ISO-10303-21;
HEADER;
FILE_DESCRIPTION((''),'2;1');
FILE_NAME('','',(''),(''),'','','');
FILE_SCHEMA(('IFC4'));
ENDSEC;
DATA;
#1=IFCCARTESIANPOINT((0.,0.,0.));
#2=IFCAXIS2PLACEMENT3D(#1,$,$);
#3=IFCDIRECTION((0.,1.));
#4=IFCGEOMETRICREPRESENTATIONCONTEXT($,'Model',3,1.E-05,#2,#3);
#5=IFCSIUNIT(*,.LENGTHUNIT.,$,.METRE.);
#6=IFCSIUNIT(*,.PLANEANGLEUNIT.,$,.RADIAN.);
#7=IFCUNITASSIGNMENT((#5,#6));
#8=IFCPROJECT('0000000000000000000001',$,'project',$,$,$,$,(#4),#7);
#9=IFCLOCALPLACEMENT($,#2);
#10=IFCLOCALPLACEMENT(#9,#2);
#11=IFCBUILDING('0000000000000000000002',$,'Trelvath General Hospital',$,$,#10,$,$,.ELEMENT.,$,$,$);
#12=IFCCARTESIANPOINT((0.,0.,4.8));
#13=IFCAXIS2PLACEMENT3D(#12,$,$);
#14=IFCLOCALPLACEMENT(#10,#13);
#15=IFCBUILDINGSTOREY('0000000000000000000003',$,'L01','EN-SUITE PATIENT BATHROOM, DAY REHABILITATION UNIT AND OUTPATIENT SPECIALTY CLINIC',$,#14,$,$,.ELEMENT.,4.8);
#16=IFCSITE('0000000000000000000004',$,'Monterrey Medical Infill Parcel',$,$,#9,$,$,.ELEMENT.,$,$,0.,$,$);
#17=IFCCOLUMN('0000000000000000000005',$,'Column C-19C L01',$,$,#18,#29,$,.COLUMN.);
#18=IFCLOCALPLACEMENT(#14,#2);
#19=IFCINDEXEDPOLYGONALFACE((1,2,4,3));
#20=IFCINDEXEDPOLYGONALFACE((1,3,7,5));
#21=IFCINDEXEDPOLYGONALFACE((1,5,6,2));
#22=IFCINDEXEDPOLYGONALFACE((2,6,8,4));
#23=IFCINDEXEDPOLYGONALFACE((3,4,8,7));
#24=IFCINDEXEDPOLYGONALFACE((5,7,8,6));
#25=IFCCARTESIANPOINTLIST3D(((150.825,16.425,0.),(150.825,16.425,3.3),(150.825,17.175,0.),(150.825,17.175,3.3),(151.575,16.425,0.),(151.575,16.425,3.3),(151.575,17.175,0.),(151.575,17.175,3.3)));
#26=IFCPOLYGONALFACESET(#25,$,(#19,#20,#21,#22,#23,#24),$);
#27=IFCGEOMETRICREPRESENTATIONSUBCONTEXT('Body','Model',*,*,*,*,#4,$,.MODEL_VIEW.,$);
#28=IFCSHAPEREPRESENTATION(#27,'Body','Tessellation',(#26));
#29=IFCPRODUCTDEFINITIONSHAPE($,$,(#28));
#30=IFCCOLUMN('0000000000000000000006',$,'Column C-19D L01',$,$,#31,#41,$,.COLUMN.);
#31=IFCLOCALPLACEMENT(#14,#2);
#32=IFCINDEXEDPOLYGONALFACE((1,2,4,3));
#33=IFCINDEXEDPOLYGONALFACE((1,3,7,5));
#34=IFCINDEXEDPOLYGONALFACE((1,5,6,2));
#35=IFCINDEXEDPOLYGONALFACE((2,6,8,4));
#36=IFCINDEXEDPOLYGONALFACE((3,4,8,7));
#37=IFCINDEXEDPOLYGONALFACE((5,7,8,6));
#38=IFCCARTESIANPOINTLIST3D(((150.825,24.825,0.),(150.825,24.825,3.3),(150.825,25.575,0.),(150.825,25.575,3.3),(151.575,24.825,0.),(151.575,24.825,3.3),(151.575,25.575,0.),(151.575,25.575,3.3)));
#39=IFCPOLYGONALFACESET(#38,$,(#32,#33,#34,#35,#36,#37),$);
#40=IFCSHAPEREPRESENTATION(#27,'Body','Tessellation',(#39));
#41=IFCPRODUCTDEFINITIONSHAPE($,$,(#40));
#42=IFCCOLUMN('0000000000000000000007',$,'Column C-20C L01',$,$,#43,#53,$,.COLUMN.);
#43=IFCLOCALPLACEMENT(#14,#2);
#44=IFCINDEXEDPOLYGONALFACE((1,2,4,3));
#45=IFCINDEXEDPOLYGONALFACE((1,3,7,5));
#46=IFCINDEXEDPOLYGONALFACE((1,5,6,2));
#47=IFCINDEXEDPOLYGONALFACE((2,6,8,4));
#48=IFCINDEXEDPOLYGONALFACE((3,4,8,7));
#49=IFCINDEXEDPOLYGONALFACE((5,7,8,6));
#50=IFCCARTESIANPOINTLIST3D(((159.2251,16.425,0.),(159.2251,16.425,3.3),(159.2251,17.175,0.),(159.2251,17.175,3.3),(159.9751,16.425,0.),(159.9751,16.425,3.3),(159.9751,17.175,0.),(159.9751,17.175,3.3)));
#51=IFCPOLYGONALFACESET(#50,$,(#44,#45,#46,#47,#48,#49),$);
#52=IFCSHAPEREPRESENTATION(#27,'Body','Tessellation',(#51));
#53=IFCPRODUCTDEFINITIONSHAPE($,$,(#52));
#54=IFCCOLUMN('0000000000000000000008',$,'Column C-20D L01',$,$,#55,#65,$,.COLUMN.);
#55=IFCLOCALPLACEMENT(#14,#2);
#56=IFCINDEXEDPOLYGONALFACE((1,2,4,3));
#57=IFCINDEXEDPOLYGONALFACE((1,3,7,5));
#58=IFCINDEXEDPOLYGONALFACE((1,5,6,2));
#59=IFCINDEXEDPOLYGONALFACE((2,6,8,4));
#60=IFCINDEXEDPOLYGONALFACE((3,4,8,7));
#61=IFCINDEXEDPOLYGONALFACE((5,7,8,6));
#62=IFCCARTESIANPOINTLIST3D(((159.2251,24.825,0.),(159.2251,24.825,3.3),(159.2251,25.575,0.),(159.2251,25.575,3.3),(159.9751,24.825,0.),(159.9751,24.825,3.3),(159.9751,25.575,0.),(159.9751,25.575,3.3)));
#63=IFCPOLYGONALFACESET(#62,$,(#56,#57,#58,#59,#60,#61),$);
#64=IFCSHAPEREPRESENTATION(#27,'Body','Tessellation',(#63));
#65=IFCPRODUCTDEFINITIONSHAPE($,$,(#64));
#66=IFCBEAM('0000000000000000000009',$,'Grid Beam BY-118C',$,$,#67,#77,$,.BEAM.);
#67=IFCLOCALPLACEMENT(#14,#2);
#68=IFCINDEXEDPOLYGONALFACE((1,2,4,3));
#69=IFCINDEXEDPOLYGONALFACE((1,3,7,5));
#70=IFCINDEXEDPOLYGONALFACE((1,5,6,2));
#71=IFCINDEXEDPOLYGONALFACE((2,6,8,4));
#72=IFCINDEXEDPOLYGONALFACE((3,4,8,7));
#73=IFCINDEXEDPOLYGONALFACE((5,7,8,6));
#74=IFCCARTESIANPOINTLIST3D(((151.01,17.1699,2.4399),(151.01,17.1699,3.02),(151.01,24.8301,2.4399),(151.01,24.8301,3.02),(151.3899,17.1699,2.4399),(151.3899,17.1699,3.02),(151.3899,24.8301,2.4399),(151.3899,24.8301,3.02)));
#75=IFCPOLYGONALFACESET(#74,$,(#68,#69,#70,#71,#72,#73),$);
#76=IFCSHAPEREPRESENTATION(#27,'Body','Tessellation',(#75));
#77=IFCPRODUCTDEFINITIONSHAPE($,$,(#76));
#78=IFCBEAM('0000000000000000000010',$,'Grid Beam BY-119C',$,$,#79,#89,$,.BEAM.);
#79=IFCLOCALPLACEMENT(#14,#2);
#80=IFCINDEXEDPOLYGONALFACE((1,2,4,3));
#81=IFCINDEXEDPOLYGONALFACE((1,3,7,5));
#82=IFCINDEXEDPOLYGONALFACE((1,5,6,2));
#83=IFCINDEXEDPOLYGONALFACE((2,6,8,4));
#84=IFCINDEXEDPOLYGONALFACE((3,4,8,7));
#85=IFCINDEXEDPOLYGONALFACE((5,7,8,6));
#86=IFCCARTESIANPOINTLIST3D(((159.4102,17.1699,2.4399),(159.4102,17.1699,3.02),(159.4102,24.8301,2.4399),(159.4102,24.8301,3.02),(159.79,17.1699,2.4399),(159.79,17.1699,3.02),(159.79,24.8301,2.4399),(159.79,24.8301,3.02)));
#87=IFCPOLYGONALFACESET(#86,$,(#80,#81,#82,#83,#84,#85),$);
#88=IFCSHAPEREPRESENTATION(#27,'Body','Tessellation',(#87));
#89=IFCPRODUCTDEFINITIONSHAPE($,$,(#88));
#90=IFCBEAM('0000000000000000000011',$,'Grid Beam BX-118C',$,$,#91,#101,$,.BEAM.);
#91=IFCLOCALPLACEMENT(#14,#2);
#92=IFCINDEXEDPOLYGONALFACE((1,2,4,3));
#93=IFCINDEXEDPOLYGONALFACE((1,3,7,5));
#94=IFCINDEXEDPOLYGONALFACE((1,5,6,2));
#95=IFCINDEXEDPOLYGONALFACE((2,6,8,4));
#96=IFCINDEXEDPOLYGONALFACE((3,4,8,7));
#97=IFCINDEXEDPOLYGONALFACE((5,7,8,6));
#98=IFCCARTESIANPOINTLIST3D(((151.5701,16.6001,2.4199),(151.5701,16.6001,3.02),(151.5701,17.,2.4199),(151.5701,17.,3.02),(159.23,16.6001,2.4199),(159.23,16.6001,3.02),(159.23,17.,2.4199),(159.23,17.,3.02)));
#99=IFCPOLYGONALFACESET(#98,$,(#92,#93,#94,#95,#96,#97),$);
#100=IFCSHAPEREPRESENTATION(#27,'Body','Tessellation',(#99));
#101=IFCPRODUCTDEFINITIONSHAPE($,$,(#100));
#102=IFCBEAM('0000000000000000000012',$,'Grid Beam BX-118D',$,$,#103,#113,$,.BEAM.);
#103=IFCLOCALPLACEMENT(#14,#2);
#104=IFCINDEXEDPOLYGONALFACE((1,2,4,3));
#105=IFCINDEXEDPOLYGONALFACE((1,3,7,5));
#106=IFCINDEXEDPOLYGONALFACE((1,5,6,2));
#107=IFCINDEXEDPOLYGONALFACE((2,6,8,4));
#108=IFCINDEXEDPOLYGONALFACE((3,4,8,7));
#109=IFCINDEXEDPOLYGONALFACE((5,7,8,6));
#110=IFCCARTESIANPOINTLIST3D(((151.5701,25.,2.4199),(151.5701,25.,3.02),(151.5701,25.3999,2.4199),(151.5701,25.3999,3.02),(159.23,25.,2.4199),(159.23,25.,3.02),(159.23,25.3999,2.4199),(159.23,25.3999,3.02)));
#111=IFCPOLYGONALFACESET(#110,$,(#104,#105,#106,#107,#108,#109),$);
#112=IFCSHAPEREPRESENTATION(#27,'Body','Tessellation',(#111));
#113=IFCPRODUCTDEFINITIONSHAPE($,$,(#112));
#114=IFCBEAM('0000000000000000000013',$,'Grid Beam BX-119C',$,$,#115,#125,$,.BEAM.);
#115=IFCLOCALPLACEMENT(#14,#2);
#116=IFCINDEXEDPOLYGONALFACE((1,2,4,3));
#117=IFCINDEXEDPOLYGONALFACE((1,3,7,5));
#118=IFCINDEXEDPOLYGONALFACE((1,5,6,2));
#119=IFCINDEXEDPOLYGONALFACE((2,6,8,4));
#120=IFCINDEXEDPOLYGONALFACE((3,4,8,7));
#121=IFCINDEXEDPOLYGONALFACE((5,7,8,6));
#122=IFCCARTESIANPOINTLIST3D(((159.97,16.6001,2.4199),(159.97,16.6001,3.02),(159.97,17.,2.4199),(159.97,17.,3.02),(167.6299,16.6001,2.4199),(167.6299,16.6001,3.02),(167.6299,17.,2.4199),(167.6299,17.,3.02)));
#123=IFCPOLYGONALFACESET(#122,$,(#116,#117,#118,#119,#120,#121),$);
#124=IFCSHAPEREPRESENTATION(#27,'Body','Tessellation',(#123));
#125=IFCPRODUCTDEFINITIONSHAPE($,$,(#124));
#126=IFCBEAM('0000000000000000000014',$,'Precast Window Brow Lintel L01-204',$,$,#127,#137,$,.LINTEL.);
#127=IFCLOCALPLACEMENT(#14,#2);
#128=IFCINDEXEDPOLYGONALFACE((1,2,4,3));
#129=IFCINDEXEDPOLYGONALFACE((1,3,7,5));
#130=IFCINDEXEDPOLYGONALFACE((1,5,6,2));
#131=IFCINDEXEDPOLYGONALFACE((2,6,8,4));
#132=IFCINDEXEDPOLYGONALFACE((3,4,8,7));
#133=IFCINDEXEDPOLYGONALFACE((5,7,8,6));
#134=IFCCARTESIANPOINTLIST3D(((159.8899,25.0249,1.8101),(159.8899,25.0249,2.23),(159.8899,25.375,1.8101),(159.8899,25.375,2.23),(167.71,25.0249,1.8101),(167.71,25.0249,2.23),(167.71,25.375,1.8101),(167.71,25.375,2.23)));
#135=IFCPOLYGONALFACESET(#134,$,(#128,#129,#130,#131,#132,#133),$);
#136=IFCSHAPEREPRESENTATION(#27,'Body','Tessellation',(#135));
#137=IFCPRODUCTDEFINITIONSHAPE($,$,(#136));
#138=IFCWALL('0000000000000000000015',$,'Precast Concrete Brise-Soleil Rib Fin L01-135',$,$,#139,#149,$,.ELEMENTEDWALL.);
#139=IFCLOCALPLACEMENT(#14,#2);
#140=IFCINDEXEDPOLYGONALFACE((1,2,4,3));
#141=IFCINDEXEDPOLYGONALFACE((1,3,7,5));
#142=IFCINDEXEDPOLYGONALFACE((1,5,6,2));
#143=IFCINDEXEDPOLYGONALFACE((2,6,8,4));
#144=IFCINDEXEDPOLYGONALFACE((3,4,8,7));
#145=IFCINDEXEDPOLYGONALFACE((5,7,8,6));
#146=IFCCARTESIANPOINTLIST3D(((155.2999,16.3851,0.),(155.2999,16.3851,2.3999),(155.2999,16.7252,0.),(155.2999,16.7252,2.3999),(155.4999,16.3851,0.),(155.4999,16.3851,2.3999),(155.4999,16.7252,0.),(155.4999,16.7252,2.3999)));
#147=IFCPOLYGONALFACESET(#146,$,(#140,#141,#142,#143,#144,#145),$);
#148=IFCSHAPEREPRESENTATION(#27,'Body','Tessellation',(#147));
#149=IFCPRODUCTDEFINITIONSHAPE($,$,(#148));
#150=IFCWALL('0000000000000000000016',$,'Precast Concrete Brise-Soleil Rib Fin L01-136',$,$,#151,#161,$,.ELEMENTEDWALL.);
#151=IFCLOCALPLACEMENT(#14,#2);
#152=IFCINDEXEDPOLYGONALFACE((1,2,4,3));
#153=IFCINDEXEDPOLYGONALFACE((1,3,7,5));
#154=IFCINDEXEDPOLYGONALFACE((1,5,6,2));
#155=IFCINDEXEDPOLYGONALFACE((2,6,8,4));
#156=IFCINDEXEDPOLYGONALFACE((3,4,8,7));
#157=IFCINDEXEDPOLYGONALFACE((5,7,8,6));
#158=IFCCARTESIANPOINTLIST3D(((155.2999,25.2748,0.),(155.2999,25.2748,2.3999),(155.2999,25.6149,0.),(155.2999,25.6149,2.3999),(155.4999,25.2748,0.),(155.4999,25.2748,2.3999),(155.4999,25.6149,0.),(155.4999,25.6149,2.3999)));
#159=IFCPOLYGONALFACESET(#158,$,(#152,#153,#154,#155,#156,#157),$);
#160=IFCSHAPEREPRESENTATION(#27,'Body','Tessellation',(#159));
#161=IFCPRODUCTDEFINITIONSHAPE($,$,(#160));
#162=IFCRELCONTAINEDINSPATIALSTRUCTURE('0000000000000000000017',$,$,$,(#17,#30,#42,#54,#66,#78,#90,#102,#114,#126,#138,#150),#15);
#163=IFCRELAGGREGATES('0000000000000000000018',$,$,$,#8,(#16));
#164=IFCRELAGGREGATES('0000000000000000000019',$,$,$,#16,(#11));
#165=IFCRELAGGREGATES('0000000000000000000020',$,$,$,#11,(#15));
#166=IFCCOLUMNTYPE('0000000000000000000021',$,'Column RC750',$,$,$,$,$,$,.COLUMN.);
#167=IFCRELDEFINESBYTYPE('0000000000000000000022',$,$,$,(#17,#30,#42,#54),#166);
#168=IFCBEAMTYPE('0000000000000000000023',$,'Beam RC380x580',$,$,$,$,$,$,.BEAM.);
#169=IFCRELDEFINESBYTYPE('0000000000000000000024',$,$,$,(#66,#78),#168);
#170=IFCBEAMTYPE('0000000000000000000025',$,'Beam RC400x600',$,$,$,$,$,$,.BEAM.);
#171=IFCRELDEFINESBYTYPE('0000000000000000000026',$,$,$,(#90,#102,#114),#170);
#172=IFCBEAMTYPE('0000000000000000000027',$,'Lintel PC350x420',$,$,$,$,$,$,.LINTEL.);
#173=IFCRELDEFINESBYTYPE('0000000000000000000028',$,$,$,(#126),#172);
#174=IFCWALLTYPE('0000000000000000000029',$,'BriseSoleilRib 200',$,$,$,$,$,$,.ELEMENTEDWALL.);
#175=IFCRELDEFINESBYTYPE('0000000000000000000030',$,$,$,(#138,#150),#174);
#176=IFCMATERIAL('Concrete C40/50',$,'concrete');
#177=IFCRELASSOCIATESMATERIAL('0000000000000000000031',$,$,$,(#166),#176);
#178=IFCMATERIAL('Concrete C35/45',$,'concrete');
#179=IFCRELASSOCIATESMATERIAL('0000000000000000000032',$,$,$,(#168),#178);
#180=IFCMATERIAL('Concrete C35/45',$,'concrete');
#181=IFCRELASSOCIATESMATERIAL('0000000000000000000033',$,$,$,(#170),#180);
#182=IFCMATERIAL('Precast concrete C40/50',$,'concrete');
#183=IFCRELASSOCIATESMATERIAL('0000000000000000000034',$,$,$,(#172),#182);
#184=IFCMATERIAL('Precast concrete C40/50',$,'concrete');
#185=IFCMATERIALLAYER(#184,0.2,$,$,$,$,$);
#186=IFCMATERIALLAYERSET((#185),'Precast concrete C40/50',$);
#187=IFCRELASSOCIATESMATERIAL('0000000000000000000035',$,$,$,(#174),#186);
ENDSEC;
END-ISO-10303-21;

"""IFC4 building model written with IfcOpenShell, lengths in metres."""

from ifc_helpers import new_model, si_unit, direction, frame, frame_2d, origin, origin_2d, place, context, subcontext, project, spatial, rectangle, extrude, material, layer, layer_set, material_profile, profile_set, type_object, element, save


model = new_model("IFC4")

# Units and contexts
model_context = context("Model", 3, precision=1e-05, world=origin(), true_north=direction((0.0, 1.0)))
body_context = subcontext(model_context, "Body", "Model", "MODEL_VIEW")
ifc_project = project(units=[si_unit("LENGTHUNIT", "METRE"), si_unit("PLANEANGLEUNIT", "RADIAN")], contexts=[model_context])

# Site, building, storey
site_placement = place(None, origin())
site = spatial("IfcSite", under=ifc_project, at=site_placement, Name="Monterrey Medical Infill Parcel", CompositionType="ELEMENT", RefElevation=0.0)
building_placement = place(site_placement, origin())
building = spatial("IfcBuilding", under=site, at=building_placement, Name="Trelvath General Hospital", CompositionType="ELEMENT")
storey_placement = place(building_placement, frame((0.0, 0.0, 4.8)))
storey = spatial("IfcBuildingStorey", under=building, at=storey_placement, Name="L01", Description="EN-SUITE PATIENT BATHROOM, DAY REHABILITATION UNIT AND OUTPATIENT SPECIALTY CLINIC", CompositionType="ELEMENT", Elevation=4.8)

# Columns
ifc_material_1 = material(Name="Concrete C40/50", Category="concrete")
ifc_material_profile_1 = material_profile(ifc_material_1, rectangle(XDim=0.75, YDim=0.75, at=origin_2d()), Name="RC750x750")
ifc_profile_set_1 = profile_set([ifc_material_profile_1], Name="Concrete C40/50")
column_type = type_object("IfcColumnType", Name="Column RC750", PredefinedType="COLUMN", material=ifc_profile_set_1)
for number, where, z_axis, x_axis, name in (
    (1, (151.2, 16.8, 0.0), (0.0, 0.0, 1.0), (1.0, 0.0, 0.0), "Column C-19C L01"),
    (2, (151.2, 25.2, 0.0), (0.0, 0.0, 1.0), (1.0, 0.0, 0.0), "Column C-19D L01"),
    (3, (159.6001, 16.8, 0.0), (0.0, 0.0, 1.0), (1.0, 0.0, 0.0), "Column C-20C L01"),
    (4, (159.6001, 25.2, 0.0), (0.0, 0.0, 1.0), (1.0, 0.0, 0.0), "Column C-20D L01"),
):
    element("IfcColumn", number, at=place(storey_placement, frame(where, z_axis=z_axis, x_axis=x_axis)), inside=storey, type_object=column_type, Name=name, PredefinedType="COLUMN", context=body_context, shape_type="SweptSolid", body=[
        extrude(rectangle(XDim=0.75, YDim=0.75, at=origin_2d()), origin(), (0.0, 0.0, 1.0), 3.3),
    ])

# Beams
ifc_material_2 = material(Name="Concrete C35/45", Category="concrete")
ifc_material_profile_2 = material_profile(ifc_material_2, rectangle(XDim=0.3799, YDim=0.5801, at=origin_2d()), Name="RCB380x580")
ifc_profile_set_2 = profile_set([ifc_material_profile_2], Name="Concrete C35/45")
beam_type_1 = type_object("IfcBeamType", Name="Beam RC380x580", PredefinedType="BEAM", material=ifc_profile_set_2)
for number, where, z_axis, x_axis, name in (
    (5, (151.2, 17.1699, 2.73), (0.0, 1.0, 0.0), (-1.0, 0.0, 0.0), "Grid Beam BY-118C"),
    (6, (159.6001, 17.1699, 2.73), (0.0, 1.0, 0.0), (-1.0, 0.0, 0.0), "Grid Beam BY-119C"),
):
    element("IfcBeam", number, at=place(storey_placement, frame(where, z_axis=z_axis, x_axis=x_axis)), inside=storey, type_object=beam_type_1, Name=name, PredefinedType="BEAM", context=body_context, shape_type="SweptSolid", body=[
        extrude(rectangle(XDim=0.3799, YDim=0.5801, at=origin_2d()), origin(), (0.0, 0.0, 1.0), 7.6602),
    ])
ifc_material_3 = material(Name="Concrete C35/45", Category="concrete")
ifc_material_profile_3 = material_profile(ifc_material_3, rectangle(XDim=0.3999, YDim=0.6001, at=origin_2d()), Name="RCB400x600")
ifc_profile_set_3 = profile_set([ifc_material_profile_3], Name="Concrete C35/45")
beam_type_2 = type_object("IfcBeamType", Name="Beam RC400x600", PredefinedType="BEAM", material=ifc_profile_set_3)
for number, where, z_axis, x_axis, name in (
    (7, (151.5701, 16.8, 2.72), (1.0, 0.0, 0.0), (0.0, 1.0, 0.0), "Grid Beam BX-118C"),
    (8, (151.5701, 25.2, 2.72), (1.0, 0.0, 0.0), (0.0, 1.0, 0.0), "Grid Beam BX-118D"),
    (9, (159.97, 16.8, 2.72), (1.0, 0.0, 0.0), (0.0, 1.0, 0.0), "Grid Beam BX-119C"),
):
    element("IfcBeam", number, at=place(storey_placement, frame(where, z_axis=z_axis, x_axis=x_axis)), inside=storey, type_object=beam_type_2, Name=name, PredefinedType="BEAM", context=body_context, shape_type="SweptSolid", body=[
        extrude(rectangle(XDim=0.3999, YDim=0.6001, at=origin_2d()), origin(), (0.0, 0.0, 1.0), 7.6599),
    ])
ifc_material_4 = material(Name="Precast concrete C40/50", Category="concrete")
ifc_material_profile_4 = material_profile(ifc_material_4, rectangle(XDim=0.3501, YDim=0.4199, at=origin_2d()), Name="PCL350x420")
ifc_profile_set_4 = profile_set([ifc_material_profile_4], Name="Precast concrete C40/50")
beam_type_3 = type_object("IfcBeamType", Name="Lintel PC350x420", PredefinedType="LINTEL", material=ifc_profile_set_4)
beam_placement = place(storey_placement, frame((159.8899, 25.2, 2.02), z_axis=(1.0, 0.0, 0.0), x_axis=(0.0, 1.0, 0.0)))
element("IfcBeam", 10, at=beam_placement, inside=storey, type_object=beam_type_3, Name="Precast Window Brow Lintel L01-204", PredefinedType="LINTEL", context=body_context, shape_type="SweptSolid", body=[
    extrude(rectangle(XDim=0.3501, YDim=0.4199, at=origin_2d()), origin(), (0.0, 0.0, 1.0), 7.8201),
])

# Walls
ifc_material_5 = material(Name="Precast concrete C40/50", Category="concrete")
ifc_layer_1 = layer(ifc_material_5, 0.2)
ifc_layer_set_1 = layer_set([ifc_layer_1], Name="Precast concrete C40/50")
wall_type_1 = type_object("IfcWallType", Name="BriseSoleilRib 200", PredefinedType="ELEMENTEDWALL", material=ifc_layer_set_1)
for number, where, z_axis, x_axis, name in (
    (11, (155.3999, 16.7251, 0.0), (0.0, 0.0, 1.0), (0.0, -1.0, 0.0), "Precast Concrete Brise-Soleil Rib Fin L01-135"),
    (12, (155.3999, 25.2749, 0.0), (0.0, 0.0, 1.0), (0.0, 1.0, 0.0), "Precast Concrete Brise-Soleil Rib Fin L01-136"),
):
    element("IfcWall", number, at=place(storey_placement, frame(where, z_axis=z_axis, x_axis=x_axis)), inside=storey, type_object=wall_type_1, Name=name, PredefinedType="ELEMENTEDWALL", context=body_context, shape_type="SweptSolid", body=[
        extrude(rectangle(XDim=0.3401, YDim=0.2, at=frame_2d((0.1699, 0.0))), origin(), (0.0, 0.0, 1.0), 2.3999),
    ])

save(model, "model.ifc")
